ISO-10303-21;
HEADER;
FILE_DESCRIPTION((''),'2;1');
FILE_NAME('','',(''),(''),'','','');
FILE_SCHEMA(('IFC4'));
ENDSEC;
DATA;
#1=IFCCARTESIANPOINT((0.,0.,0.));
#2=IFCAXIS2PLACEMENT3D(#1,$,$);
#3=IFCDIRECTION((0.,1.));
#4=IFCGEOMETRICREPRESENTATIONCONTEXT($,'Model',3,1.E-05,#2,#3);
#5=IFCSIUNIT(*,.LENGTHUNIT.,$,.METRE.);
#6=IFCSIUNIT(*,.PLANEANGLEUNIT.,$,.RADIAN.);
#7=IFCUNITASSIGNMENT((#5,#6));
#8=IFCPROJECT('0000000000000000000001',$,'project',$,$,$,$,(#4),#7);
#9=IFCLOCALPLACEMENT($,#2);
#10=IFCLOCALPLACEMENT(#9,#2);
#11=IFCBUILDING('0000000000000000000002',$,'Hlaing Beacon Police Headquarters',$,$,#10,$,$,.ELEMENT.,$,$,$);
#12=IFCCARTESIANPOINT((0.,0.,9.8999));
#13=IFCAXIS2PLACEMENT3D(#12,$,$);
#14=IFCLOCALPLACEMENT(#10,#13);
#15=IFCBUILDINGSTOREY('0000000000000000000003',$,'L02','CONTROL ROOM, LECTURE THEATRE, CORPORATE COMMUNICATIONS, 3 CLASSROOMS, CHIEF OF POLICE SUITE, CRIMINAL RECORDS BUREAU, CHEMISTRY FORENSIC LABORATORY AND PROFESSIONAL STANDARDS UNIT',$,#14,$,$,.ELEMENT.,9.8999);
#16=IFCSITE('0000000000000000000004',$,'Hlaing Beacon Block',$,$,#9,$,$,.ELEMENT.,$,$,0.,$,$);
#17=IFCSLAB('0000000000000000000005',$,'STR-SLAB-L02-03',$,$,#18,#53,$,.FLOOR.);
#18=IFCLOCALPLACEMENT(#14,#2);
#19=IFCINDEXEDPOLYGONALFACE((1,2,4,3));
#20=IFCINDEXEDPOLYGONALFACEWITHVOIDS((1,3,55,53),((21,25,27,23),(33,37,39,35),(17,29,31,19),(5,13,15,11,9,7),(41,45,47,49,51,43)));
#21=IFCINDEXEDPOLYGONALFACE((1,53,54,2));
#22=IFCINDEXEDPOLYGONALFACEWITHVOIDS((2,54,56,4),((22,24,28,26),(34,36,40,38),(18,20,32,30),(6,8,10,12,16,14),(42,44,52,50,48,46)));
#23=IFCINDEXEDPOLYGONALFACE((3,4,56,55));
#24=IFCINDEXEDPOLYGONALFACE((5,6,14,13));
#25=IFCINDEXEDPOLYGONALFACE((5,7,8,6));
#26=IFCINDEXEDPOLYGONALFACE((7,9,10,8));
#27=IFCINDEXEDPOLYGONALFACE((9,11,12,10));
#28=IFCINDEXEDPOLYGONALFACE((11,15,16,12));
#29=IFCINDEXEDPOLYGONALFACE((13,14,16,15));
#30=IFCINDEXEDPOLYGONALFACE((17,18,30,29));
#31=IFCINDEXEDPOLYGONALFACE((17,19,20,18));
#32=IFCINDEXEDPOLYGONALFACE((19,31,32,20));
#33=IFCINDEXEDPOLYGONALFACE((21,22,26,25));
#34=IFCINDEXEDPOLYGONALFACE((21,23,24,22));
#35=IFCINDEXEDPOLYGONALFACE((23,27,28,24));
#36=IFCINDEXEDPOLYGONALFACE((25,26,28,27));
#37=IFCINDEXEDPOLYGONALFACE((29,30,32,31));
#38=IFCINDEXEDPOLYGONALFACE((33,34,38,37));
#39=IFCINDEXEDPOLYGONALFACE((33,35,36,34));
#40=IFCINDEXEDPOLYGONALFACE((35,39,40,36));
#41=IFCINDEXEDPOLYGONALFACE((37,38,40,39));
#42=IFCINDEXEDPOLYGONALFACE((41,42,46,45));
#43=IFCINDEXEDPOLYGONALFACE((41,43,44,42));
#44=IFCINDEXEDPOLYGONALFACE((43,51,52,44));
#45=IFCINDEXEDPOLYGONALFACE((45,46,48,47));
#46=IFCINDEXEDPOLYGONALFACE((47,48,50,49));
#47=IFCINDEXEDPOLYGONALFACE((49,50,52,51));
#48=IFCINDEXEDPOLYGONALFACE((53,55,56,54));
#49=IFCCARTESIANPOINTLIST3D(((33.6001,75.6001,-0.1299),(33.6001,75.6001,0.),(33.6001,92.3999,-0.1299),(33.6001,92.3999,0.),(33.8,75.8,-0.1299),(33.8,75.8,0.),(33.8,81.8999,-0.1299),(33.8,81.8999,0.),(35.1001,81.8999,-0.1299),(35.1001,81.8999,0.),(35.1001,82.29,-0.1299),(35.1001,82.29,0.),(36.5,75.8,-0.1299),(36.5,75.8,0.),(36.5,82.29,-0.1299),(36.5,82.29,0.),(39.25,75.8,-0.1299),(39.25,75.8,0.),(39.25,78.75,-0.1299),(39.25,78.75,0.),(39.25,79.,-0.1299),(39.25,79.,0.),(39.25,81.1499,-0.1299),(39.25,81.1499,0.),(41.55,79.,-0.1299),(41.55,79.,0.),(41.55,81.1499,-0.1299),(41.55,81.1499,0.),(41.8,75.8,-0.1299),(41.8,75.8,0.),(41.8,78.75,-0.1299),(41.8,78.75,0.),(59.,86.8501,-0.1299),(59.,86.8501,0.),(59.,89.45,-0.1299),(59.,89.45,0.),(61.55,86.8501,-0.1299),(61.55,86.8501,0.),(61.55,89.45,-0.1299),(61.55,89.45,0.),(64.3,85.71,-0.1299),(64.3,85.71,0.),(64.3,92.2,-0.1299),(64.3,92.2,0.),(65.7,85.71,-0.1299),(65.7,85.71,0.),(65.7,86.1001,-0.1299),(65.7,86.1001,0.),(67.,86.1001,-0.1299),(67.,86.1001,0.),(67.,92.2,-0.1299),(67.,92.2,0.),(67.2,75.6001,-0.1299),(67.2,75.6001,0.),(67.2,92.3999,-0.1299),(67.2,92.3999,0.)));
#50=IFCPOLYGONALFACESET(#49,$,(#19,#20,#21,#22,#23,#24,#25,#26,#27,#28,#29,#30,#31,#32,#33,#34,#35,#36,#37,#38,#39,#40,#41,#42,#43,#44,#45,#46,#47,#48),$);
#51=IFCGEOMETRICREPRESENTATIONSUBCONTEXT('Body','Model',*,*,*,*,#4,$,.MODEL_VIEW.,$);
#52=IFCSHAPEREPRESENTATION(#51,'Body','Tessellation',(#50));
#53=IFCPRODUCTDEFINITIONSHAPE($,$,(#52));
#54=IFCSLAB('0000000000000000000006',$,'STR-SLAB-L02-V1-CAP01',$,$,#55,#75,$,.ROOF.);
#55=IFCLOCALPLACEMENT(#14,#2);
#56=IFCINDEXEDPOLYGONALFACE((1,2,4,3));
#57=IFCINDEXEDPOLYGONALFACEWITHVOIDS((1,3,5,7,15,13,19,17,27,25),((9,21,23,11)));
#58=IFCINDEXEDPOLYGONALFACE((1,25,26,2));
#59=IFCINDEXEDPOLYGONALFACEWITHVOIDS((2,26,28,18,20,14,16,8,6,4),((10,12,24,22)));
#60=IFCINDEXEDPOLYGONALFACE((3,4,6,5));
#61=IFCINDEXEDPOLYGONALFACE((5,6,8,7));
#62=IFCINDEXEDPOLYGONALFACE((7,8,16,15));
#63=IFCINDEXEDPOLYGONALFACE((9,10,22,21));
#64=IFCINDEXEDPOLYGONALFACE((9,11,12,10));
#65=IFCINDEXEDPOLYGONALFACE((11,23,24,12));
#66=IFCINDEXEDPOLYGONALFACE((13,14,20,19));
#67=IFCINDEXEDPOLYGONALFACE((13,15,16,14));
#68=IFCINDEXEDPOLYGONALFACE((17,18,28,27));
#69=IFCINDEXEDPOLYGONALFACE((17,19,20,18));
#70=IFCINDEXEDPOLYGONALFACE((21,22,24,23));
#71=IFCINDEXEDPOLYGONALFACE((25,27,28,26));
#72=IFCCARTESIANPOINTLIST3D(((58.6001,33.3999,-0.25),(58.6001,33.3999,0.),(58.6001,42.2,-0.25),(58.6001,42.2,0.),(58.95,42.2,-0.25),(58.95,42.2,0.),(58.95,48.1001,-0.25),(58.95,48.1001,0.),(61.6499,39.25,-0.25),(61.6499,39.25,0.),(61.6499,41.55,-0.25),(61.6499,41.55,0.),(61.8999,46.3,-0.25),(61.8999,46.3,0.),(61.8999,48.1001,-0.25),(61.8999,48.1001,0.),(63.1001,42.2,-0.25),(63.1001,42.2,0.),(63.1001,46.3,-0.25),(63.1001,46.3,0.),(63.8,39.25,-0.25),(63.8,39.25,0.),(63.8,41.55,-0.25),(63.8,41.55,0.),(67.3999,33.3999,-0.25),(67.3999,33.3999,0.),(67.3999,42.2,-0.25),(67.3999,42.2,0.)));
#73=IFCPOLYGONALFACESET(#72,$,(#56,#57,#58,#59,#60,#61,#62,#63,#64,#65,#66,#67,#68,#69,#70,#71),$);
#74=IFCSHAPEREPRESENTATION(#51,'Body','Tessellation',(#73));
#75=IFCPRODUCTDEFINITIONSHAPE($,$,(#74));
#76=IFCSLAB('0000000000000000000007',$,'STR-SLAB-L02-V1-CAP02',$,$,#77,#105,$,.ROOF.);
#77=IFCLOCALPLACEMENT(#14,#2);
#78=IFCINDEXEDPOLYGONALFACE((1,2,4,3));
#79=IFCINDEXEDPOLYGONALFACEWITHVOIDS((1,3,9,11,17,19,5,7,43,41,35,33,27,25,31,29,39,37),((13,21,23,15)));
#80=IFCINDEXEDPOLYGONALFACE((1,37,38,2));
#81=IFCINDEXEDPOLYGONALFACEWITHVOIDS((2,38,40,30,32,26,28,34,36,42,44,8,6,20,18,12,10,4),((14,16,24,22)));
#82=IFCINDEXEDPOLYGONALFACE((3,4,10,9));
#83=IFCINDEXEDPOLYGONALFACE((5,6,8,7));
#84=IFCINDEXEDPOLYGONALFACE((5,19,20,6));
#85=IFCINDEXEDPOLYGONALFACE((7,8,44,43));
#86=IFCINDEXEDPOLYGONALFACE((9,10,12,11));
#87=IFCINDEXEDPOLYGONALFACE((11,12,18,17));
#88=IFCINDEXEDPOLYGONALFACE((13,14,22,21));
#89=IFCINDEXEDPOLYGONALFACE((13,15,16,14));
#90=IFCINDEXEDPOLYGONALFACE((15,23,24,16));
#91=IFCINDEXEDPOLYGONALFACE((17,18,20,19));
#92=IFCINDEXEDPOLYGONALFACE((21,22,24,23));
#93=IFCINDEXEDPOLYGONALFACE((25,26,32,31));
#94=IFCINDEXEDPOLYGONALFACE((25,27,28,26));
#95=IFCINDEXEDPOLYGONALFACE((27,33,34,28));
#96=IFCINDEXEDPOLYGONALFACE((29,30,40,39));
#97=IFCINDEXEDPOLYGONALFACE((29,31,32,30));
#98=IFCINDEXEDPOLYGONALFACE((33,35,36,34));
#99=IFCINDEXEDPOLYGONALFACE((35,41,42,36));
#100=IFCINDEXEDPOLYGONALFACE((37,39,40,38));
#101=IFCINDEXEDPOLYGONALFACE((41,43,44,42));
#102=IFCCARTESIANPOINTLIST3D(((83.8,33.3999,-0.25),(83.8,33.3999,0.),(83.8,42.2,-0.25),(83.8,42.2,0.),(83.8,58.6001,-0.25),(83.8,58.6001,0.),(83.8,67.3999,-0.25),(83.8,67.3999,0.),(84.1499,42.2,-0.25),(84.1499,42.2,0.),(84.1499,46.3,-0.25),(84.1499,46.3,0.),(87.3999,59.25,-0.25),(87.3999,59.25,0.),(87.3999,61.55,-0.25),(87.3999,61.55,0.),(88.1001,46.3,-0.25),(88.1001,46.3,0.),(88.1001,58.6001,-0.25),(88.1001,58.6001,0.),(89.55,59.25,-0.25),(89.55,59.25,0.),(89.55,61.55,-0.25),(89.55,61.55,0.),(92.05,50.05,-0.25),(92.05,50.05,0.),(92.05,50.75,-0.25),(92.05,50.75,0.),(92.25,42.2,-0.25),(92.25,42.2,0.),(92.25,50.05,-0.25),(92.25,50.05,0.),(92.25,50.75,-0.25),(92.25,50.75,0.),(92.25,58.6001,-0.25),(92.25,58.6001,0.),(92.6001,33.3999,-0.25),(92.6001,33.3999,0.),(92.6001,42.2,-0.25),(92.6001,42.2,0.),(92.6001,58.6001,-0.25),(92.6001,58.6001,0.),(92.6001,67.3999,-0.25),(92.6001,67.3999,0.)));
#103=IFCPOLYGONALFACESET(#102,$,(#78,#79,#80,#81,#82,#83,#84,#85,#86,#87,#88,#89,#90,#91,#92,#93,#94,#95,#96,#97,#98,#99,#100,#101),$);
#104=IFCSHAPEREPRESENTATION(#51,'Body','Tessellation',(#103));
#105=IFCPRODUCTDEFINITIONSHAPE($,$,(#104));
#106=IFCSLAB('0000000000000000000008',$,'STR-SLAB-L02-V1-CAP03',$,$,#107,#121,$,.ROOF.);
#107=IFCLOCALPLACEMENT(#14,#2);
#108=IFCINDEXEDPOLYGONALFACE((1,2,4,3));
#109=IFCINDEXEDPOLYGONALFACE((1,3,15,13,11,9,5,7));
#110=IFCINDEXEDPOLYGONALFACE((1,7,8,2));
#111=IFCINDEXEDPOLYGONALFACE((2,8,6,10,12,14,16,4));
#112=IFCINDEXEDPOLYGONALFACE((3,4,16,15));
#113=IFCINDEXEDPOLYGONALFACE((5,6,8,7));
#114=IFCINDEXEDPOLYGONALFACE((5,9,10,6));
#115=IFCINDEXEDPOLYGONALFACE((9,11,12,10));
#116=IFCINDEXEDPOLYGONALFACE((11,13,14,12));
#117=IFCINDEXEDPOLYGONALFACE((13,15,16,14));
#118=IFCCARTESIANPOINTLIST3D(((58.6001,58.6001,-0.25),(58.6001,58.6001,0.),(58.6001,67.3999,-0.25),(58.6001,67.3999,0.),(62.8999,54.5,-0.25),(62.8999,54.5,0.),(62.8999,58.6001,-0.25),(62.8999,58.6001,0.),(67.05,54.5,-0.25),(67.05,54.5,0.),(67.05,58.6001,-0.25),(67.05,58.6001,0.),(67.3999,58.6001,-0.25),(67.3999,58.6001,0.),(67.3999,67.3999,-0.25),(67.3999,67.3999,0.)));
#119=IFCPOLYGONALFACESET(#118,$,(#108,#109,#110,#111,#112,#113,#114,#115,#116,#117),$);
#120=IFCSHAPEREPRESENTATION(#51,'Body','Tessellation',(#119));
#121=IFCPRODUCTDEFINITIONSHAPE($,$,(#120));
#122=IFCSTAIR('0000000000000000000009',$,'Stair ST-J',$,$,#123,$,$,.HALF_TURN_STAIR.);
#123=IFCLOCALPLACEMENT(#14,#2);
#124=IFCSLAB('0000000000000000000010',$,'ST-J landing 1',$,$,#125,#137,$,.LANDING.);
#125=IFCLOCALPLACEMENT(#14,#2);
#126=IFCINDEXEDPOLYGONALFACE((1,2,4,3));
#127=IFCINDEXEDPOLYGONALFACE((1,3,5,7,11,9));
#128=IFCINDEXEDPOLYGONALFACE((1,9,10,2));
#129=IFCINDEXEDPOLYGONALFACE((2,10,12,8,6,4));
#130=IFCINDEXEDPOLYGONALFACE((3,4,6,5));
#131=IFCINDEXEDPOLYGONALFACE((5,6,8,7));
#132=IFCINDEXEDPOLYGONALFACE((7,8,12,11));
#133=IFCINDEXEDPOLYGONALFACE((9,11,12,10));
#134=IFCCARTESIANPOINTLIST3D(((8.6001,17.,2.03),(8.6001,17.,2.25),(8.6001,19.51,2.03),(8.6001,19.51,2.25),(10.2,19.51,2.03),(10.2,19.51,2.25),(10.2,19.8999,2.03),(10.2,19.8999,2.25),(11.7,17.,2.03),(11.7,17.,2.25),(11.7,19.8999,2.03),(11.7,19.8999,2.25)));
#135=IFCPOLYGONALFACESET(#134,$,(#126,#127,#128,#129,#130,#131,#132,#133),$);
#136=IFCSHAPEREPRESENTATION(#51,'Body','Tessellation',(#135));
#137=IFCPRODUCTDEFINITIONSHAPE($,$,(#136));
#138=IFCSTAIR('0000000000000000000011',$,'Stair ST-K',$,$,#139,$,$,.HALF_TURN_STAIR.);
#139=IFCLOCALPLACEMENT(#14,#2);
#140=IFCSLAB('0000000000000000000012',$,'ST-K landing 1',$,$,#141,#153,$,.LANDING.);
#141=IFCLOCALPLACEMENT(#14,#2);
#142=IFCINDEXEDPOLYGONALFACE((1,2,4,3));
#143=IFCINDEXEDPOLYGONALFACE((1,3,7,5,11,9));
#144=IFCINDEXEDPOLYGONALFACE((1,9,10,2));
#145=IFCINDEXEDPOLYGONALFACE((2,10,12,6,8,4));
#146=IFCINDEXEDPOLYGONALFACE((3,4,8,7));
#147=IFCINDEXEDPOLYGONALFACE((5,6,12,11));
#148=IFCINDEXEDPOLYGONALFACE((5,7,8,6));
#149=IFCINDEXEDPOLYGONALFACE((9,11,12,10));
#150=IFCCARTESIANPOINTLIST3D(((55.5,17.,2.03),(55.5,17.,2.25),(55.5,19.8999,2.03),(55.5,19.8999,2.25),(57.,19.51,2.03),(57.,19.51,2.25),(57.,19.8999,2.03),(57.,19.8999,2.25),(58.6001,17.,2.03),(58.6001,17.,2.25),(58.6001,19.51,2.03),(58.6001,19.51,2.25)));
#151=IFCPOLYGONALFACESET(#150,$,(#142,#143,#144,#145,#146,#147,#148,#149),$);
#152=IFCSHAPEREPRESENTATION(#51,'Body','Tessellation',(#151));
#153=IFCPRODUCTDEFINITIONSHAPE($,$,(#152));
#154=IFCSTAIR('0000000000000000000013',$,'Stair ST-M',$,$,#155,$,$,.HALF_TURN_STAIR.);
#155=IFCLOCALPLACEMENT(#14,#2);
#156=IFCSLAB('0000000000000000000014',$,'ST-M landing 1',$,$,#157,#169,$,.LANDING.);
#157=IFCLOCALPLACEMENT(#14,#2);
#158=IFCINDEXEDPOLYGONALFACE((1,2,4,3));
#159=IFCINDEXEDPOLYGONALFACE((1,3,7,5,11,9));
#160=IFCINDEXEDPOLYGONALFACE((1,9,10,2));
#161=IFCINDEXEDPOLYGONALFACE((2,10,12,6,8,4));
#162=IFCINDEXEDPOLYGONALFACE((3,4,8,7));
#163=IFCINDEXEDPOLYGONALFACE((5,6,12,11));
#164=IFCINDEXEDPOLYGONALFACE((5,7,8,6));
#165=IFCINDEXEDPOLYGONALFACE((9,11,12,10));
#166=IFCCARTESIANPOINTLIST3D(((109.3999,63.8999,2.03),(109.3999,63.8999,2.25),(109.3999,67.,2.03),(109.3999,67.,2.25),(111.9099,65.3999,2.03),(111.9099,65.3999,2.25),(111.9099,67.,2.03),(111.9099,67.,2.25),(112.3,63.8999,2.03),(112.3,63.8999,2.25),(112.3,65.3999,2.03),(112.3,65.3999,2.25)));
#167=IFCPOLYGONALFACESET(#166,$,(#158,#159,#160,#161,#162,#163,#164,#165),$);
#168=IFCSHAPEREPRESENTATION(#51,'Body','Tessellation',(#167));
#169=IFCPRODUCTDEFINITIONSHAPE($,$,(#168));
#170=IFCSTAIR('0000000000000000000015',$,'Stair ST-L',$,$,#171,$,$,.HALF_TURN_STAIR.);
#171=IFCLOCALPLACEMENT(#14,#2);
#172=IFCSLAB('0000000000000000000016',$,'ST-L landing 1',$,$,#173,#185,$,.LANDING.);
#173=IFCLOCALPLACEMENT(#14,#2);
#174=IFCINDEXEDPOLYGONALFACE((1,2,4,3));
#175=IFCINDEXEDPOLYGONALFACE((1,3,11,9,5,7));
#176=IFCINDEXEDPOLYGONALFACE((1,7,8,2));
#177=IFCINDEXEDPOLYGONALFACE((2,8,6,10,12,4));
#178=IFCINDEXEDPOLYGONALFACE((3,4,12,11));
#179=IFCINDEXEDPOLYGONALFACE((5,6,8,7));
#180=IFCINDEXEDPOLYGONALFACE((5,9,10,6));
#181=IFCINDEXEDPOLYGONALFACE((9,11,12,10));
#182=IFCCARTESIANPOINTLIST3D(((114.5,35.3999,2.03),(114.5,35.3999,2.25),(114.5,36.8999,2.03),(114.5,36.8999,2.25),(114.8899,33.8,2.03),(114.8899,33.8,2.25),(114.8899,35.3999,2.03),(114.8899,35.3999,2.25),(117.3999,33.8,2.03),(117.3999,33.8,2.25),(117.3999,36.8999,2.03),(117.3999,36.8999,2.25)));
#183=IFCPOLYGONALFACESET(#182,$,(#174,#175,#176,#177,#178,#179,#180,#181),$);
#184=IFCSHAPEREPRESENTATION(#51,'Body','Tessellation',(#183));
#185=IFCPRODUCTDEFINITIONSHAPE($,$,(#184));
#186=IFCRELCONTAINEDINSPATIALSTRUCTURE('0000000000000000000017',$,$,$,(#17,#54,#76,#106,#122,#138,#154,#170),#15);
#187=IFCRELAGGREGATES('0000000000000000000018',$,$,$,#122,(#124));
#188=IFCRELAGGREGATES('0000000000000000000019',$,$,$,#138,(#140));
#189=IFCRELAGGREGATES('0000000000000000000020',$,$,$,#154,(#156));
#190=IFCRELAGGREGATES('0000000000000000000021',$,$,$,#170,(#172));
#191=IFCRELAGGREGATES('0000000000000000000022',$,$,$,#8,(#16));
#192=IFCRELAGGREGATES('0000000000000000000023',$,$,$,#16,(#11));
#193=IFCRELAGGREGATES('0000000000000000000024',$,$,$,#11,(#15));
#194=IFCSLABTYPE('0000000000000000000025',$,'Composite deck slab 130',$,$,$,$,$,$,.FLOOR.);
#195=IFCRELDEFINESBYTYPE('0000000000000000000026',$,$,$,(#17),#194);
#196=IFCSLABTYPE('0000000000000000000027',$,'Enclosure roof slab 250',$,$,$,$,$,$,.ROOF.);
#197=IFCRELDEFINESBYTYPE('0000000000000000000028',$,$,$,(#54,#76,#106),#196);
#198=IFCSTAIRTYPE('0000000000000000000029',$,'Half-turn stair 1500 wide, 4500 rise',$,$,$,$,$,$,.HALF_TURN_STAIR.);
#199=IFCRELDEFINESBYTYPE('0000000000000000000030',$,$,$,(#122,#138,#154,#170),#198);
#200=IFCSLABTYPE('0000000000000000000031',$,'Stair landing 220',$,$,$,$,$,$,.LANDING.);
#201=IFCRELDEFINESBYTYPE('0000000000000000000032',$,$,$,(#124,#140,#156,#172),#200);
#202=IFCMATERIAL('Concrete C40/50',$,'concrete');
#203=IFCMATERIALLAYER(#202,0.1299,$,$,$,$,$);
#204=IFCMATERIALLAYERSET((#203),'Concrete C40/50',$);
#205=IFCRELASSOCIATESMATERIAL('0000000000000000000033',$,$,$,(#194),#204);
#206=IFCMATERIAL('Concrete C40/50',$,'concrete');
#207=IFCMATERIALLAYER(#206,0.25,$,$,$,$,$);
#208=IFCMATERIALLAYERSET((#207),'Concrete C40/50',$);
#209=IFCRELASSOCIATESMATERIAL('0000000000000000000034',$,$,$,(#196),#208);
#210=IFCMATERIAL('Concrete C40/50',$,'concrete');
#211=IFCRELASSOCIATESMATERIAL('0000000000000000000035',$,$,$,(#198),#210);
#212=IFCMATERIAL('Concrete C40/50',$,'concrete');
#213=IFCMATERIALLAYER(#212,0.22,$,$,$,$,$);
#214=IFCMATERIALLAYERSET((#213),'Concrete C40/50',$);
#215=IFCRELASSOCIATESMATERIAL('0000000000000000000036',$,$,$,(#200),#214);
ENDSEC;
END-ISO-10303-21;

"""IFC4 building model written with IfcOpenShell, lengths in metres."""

from ifc_helpers import new_model, si_unit, direction, frame, origin, place, context, subcontext, project, spatial, polyline, outline, extrude, material, layer, layer_set, type_object, element, aggregate, save


model = new_model("IFC4")

# Units and contexts
model_context = context("Model", 3, precision=1e-05, world=origin(), true_north=direction((0.0, 1.0)))
body_context = subcontext(model_context, "Body", "Model", "MODEL_VIEW")
ifc_project = project(units=[si_unit("LENGTHUNIT", "METRE"), si_unit("PLANEANGLEUNIT", "RADIAN")], contexts=[model_context])

# Site, building, storey
site_placement = place(None, origin())
site = spatial("IfcSite", under=ifc_project, at=site_placement, Name="Hlaing Beacon Block", CompositionType="ELEMENT", RefElevation=0.0)
building_placement = place(site_placement, origin())
building = spatial("IfcBuilding", under=site, at=building_placement, Name="Hlaing Beacon Police Headquarters", CompositionType="ELEMENT")
storey_placement = place(building_placement, frame((0.0, 0.0, 9.8999)))
storey = spatial("IfcBuildingStorey", under=building, at=storey_placement, Name="L02", Description="CONTROL ROOM, LECTURE THEATRE, CORPORATE COMMUNICATIONS, 3 CLASSROOMS, CHIEF OF POLICE SUITE, CRIMINAL RECORDS BUREAU, CHEMISTRY FORENSIC LABORATORY AND PROFESSIONAL STANDARDS UNIT", CompositionType="ELEMENT", Elevation=9.8999)

# Slabs
ifc_material_1 = material(Name="Concrete C40/50", Category="concrete")
ifc_layer_1 = layer(ifc_material_1, 0.1299)
ifc_layer_set_1 = layer_set([ifc_layer_1], Name="Concrete C40/50")
slab_type_1 = type_object("IfcSlabType", Name="Composite deck slab 130", PredefinedType="FLOOR", material=ifc_layer_set_1)
slab_1_placement = place(storey_placement, frame((0.0, 0.0, -0.1299)))
element("IfcSlab", 1, at=slab_1_placement, inside=storey, type_object=slab_type_1, Name="STR-SLAB-L02-03", PredefinedType="FLOOR", context=body_context, shape_type="SweptSolid", body=[
    extrude(outline(polyline([(33.6001, 75.6001), (67.2, 75.6001), (67.2, 92.3999), (33.6001, 92.3999), (33.6001, 75.6001)]), holes=[polyline([(33.8, 75.8), (36.5, 75.8), (36.5, 82.29), (35.1001, 82.29), (35.1001, 81.8999), (33.8, 81.8999), (33.8, 75.8)]), polyline([(39.25, 75.8), (41.8, 75.8), (41.8, 78.75), (39.25, 78.75), (39.25, 75.8)]), polyline([(39.25, 79.0), (41.55, 79.0), (41.55, 81.1499), (39.25, 81.1499), (39.25, 79.0)]), polyline([(59.0, 86.8501), (61.55, 86.8501), (61.55, 89.45), (59.0, 89.45), (59.0, 86.8501)]), polyline([(64.3, 85.71), (65.7, 85.71), (65.7, 86.1001), (67.0, 86.1001), (67.0, 92.2), (64.3, 92.2), (64.3, 85.71)])]), origin(), (0.0, 0.0, 1.0), 0.1299),
])
ifc_material_2 = material(Name="Concrete C40/50", Category="concrete")
ifc_layer_2 = layer(ifc_material_2, 0.25)
ifc_layer_set_2 = layer_set([ifc_layer_2], Name="Concrete C40/50")
slab_type_2 = type_object("IfcSlabType", Name="Enclosure roof slab 250", PredefinedType="ROOF", material=ifc_layer_set_2)
slab_2_placement = place(storey_placement, frame((0.0, 0.0, -0.25)))
element("IfcSlab", 2, at=slab_2_placement, inside=storey, type_object=slab_type_2, Name="STR-SLAB-L02-V1-CAP01", PredefinedType="ROOF", context=body_context, shape_type="SweptSolid", body=[
    extrude(outline(polyline([(58.6001, 33.3999), (67.3999, 33.3999), (67.3999, 42.2), (63.1001, 42.2), (63.1001, 46.3), (61.8999, 46.3), (61.8999, 48.1001), (58.95, 48.1001), (58.95, 42.2), (58.6001, 42.2), (58.6001, 33.3999)]), holes=[polyline([(61.6499, 39.25), (63.8, 39.25), (63.8, 41.55), (61.6499, 41.55), (61.6499, 39.25)])]), origin(), (0.0, 0.0, 1.0), 0.25),
])
slab_3_placement = place(storey_placement, frame((0.0, 0.0, -0.25)))
element("IfcSlab", 3, at=slab_3_placement, inside=storey, type_object=slab_type_2, Name="STR-SLAB-L02-V1-CAP02", PredefinedType="ROOF", context=body_context, shape_type="SweptSolid", body=[
    extrude(outline(polyline([(83.8, 33.3999), (92.6001, 33.3999), (92.6001, 42.2), (92.25, 42.2), (92.25, 50.05), (92.05, 50.05), (92.05, 50.75), (92.25, 50.75), (92.25, 58.6001), (92.6001, 58.6001), (92.6001, 67.3999), (83.8, 67.3999), (83.8, 58.6001), (88.1001, 58.6001), (88.1001, 46.3), (84.1499, 46.3), (84.1499, 42.2), (83.8, 42.2), (83.8, 33.3999)]), holes=[polyline([(87.3999, 59.25), (89.55, 59.25), (89.55, 61.55), (87.3999, 61.55), (87.3999, 59.25)])]), origin(), (0.0, 0.0, 1.0), 0.25),
])
slab_4_placement = place(storey_placement, frame((0.0, 0.0, -0.25)))
element("IfcSlab", 4, at=slab_4_placement, inside=storey, type_object=slab_type_2, Name="STR-SLAB-L02-V1-CAP03", PredefinedType="ROOF", context=body_context, shape_type="SweptSolid", body=[
    extrude(outline(polyline([(62.8999, 54.5), (67.05, 54.5), (67.05, 58.6001), (67.3999, 58.6001), (67.3999, 67.3999), (58.6001, 67.3999), (58.6001, 58.6001), (62.8999, 58.6001), (62.8999, 54.5)])), origin(), (0.0, 0.0, 1.0), 0.25),
])

# Stairs, slabs
ifc_material_3 = material(Name="Concrete C40/50", Category="concrete")
stair_type_1 = type_object("IfcStairType", Name="Half-turn stair 1500 wide, 4500 rise", PredefinedType="HALF_TURN_STAIR", material=ifc_material_3)
stair_1_placement = place(storey_placement, origin())
stair_1 = element("IfcStair", 5, at=stair_1_placement, inside=storey, type_object=stair_type_1, Name="Stair ST-J", PredefinedType="HALF_TURN_STAIR")
ifc_material_4 = material(Name="Concrete C40/50", Category="concrete")
ifc_layer_3 = layer(ifc_material_4, 0.22)
ifc_layer_set_3 = layer_set([ifc_layer_3], Name="Concrete C40/50")
slab_type_3 = type_object("IfcSlabType", Name="Stair landing 220", PredefinedType="LANDING", material=ifc_layer_set_3)
slab_5_placement = place(storey_placement, frame((0.0, 0.0, 2.03)))
slab_5 = element("IfcSlab", 6, at=slab_5_placement, type_object=slab_type_3, Name="ST-J landing 1", PredefinedType="LANDING", context=body_context, shape_type="SweptSolid", body=[
    extrude(outline(polyline([(8.6001, 19.51), (8.6001, 17.0), (11.7, 17.0), (11.7, 19.8999), (10.2, 19.8999), (10.2, 19.51), (8.6001, 19.51)])), origin(), (0.0, 0.0, 1.0), 0.22),
])
aggregate(stair_1, [slab_5])
stair_2_placement = place(storey_placement, origin())
stair_2 = element("IfcStair", 7, at=stair_2_placement, inside=storey, type_object=stair_type_1, Name="Stair ST-K", PredefinedType="HALF_TURN_STAIR")
slab_6_placement = place(storey_placement, frame((0.0, 0.0, 2.03)))
slab_6 = element("IfcSlab", 8, at=slab_6_placement, type_object=slab_type_3, Name="ST-K landing 1", PredefinedType="LANDING", context=body_context, shape_type="SweptSolid", body=[
    extrude(outline(polyline([(58.6001, 19.51), (58.6001, 17.0), (55.5, 17.0), (55.5, 19.8999), (57.0, 19.8999), (57.0, 19.51), (58.6001, 19.51)])), origin(), (0.0, 0.0, 1.0), 0.22),
])
aggregate(stair_2, [slab_6])
stair_3_placement = place(storey_placement, origin())
stair_3 = element("IfcStair", 9, at=stair_3_placement, inside=storey, type_object=stair_type_1, Name="Stair ST-M", PredefinedType="HALF_TURN_STAIR")
slab_7_placement = place(storey_placement, frame((0.0, 0.0, 2.03)))
slab_7 = element("IfcSlab", 10, at=slab_7_placement, type_object=slab_type_3, Name="ST-M landing 1", PredefinedType="LANDING", context=body_context, shape_type="SweptSolid", body=[
    extrude(outline(polyline([(111.9099, 67.0), (109.3999, 67.0), (109.3999, 63.8999), (112.3, 63.8999), (112.3, 65.3999), (111.9099, 65.3999), (111.9099, 67.0)])), origin(), (0.0, 0.0, 1.0), 0.22),
])
aggregate(stair_3, [slab_7])
stair_4_placement = place(storey_placement, origin())
stair_4 = element("IfcStair", 11, at=stair_4_placement, inside=storey, type_object=stair_type_1, Name="Stair ST-L", PredefinedType="HALF_TURN_STAIR")
slab_8_placement = place(storey_placement, frame((0.0, 0.0, 2.03)))
slab_8 = element("IfcSlab", 12, at=slab_8_placement, type_object=slab_type_3, Name="ST-L landing 1", PredefinedType="LANDING", context=body_context, shape_type="SweptSolid", body=[
    extrude(outline(polyline([(114.8899, 33.8), (117.3999, 33.8), (117.3999, 36.8999), (114.5, 36.8999), (114.5, 35.3999), (114.8899, 35.3999), (114.8899, 33.8)])), origin(), (0.0, 0.0, 1.0), 0.22),
])
aggregate(stair_4, [slab_8])

save(model, "model.ifc")
